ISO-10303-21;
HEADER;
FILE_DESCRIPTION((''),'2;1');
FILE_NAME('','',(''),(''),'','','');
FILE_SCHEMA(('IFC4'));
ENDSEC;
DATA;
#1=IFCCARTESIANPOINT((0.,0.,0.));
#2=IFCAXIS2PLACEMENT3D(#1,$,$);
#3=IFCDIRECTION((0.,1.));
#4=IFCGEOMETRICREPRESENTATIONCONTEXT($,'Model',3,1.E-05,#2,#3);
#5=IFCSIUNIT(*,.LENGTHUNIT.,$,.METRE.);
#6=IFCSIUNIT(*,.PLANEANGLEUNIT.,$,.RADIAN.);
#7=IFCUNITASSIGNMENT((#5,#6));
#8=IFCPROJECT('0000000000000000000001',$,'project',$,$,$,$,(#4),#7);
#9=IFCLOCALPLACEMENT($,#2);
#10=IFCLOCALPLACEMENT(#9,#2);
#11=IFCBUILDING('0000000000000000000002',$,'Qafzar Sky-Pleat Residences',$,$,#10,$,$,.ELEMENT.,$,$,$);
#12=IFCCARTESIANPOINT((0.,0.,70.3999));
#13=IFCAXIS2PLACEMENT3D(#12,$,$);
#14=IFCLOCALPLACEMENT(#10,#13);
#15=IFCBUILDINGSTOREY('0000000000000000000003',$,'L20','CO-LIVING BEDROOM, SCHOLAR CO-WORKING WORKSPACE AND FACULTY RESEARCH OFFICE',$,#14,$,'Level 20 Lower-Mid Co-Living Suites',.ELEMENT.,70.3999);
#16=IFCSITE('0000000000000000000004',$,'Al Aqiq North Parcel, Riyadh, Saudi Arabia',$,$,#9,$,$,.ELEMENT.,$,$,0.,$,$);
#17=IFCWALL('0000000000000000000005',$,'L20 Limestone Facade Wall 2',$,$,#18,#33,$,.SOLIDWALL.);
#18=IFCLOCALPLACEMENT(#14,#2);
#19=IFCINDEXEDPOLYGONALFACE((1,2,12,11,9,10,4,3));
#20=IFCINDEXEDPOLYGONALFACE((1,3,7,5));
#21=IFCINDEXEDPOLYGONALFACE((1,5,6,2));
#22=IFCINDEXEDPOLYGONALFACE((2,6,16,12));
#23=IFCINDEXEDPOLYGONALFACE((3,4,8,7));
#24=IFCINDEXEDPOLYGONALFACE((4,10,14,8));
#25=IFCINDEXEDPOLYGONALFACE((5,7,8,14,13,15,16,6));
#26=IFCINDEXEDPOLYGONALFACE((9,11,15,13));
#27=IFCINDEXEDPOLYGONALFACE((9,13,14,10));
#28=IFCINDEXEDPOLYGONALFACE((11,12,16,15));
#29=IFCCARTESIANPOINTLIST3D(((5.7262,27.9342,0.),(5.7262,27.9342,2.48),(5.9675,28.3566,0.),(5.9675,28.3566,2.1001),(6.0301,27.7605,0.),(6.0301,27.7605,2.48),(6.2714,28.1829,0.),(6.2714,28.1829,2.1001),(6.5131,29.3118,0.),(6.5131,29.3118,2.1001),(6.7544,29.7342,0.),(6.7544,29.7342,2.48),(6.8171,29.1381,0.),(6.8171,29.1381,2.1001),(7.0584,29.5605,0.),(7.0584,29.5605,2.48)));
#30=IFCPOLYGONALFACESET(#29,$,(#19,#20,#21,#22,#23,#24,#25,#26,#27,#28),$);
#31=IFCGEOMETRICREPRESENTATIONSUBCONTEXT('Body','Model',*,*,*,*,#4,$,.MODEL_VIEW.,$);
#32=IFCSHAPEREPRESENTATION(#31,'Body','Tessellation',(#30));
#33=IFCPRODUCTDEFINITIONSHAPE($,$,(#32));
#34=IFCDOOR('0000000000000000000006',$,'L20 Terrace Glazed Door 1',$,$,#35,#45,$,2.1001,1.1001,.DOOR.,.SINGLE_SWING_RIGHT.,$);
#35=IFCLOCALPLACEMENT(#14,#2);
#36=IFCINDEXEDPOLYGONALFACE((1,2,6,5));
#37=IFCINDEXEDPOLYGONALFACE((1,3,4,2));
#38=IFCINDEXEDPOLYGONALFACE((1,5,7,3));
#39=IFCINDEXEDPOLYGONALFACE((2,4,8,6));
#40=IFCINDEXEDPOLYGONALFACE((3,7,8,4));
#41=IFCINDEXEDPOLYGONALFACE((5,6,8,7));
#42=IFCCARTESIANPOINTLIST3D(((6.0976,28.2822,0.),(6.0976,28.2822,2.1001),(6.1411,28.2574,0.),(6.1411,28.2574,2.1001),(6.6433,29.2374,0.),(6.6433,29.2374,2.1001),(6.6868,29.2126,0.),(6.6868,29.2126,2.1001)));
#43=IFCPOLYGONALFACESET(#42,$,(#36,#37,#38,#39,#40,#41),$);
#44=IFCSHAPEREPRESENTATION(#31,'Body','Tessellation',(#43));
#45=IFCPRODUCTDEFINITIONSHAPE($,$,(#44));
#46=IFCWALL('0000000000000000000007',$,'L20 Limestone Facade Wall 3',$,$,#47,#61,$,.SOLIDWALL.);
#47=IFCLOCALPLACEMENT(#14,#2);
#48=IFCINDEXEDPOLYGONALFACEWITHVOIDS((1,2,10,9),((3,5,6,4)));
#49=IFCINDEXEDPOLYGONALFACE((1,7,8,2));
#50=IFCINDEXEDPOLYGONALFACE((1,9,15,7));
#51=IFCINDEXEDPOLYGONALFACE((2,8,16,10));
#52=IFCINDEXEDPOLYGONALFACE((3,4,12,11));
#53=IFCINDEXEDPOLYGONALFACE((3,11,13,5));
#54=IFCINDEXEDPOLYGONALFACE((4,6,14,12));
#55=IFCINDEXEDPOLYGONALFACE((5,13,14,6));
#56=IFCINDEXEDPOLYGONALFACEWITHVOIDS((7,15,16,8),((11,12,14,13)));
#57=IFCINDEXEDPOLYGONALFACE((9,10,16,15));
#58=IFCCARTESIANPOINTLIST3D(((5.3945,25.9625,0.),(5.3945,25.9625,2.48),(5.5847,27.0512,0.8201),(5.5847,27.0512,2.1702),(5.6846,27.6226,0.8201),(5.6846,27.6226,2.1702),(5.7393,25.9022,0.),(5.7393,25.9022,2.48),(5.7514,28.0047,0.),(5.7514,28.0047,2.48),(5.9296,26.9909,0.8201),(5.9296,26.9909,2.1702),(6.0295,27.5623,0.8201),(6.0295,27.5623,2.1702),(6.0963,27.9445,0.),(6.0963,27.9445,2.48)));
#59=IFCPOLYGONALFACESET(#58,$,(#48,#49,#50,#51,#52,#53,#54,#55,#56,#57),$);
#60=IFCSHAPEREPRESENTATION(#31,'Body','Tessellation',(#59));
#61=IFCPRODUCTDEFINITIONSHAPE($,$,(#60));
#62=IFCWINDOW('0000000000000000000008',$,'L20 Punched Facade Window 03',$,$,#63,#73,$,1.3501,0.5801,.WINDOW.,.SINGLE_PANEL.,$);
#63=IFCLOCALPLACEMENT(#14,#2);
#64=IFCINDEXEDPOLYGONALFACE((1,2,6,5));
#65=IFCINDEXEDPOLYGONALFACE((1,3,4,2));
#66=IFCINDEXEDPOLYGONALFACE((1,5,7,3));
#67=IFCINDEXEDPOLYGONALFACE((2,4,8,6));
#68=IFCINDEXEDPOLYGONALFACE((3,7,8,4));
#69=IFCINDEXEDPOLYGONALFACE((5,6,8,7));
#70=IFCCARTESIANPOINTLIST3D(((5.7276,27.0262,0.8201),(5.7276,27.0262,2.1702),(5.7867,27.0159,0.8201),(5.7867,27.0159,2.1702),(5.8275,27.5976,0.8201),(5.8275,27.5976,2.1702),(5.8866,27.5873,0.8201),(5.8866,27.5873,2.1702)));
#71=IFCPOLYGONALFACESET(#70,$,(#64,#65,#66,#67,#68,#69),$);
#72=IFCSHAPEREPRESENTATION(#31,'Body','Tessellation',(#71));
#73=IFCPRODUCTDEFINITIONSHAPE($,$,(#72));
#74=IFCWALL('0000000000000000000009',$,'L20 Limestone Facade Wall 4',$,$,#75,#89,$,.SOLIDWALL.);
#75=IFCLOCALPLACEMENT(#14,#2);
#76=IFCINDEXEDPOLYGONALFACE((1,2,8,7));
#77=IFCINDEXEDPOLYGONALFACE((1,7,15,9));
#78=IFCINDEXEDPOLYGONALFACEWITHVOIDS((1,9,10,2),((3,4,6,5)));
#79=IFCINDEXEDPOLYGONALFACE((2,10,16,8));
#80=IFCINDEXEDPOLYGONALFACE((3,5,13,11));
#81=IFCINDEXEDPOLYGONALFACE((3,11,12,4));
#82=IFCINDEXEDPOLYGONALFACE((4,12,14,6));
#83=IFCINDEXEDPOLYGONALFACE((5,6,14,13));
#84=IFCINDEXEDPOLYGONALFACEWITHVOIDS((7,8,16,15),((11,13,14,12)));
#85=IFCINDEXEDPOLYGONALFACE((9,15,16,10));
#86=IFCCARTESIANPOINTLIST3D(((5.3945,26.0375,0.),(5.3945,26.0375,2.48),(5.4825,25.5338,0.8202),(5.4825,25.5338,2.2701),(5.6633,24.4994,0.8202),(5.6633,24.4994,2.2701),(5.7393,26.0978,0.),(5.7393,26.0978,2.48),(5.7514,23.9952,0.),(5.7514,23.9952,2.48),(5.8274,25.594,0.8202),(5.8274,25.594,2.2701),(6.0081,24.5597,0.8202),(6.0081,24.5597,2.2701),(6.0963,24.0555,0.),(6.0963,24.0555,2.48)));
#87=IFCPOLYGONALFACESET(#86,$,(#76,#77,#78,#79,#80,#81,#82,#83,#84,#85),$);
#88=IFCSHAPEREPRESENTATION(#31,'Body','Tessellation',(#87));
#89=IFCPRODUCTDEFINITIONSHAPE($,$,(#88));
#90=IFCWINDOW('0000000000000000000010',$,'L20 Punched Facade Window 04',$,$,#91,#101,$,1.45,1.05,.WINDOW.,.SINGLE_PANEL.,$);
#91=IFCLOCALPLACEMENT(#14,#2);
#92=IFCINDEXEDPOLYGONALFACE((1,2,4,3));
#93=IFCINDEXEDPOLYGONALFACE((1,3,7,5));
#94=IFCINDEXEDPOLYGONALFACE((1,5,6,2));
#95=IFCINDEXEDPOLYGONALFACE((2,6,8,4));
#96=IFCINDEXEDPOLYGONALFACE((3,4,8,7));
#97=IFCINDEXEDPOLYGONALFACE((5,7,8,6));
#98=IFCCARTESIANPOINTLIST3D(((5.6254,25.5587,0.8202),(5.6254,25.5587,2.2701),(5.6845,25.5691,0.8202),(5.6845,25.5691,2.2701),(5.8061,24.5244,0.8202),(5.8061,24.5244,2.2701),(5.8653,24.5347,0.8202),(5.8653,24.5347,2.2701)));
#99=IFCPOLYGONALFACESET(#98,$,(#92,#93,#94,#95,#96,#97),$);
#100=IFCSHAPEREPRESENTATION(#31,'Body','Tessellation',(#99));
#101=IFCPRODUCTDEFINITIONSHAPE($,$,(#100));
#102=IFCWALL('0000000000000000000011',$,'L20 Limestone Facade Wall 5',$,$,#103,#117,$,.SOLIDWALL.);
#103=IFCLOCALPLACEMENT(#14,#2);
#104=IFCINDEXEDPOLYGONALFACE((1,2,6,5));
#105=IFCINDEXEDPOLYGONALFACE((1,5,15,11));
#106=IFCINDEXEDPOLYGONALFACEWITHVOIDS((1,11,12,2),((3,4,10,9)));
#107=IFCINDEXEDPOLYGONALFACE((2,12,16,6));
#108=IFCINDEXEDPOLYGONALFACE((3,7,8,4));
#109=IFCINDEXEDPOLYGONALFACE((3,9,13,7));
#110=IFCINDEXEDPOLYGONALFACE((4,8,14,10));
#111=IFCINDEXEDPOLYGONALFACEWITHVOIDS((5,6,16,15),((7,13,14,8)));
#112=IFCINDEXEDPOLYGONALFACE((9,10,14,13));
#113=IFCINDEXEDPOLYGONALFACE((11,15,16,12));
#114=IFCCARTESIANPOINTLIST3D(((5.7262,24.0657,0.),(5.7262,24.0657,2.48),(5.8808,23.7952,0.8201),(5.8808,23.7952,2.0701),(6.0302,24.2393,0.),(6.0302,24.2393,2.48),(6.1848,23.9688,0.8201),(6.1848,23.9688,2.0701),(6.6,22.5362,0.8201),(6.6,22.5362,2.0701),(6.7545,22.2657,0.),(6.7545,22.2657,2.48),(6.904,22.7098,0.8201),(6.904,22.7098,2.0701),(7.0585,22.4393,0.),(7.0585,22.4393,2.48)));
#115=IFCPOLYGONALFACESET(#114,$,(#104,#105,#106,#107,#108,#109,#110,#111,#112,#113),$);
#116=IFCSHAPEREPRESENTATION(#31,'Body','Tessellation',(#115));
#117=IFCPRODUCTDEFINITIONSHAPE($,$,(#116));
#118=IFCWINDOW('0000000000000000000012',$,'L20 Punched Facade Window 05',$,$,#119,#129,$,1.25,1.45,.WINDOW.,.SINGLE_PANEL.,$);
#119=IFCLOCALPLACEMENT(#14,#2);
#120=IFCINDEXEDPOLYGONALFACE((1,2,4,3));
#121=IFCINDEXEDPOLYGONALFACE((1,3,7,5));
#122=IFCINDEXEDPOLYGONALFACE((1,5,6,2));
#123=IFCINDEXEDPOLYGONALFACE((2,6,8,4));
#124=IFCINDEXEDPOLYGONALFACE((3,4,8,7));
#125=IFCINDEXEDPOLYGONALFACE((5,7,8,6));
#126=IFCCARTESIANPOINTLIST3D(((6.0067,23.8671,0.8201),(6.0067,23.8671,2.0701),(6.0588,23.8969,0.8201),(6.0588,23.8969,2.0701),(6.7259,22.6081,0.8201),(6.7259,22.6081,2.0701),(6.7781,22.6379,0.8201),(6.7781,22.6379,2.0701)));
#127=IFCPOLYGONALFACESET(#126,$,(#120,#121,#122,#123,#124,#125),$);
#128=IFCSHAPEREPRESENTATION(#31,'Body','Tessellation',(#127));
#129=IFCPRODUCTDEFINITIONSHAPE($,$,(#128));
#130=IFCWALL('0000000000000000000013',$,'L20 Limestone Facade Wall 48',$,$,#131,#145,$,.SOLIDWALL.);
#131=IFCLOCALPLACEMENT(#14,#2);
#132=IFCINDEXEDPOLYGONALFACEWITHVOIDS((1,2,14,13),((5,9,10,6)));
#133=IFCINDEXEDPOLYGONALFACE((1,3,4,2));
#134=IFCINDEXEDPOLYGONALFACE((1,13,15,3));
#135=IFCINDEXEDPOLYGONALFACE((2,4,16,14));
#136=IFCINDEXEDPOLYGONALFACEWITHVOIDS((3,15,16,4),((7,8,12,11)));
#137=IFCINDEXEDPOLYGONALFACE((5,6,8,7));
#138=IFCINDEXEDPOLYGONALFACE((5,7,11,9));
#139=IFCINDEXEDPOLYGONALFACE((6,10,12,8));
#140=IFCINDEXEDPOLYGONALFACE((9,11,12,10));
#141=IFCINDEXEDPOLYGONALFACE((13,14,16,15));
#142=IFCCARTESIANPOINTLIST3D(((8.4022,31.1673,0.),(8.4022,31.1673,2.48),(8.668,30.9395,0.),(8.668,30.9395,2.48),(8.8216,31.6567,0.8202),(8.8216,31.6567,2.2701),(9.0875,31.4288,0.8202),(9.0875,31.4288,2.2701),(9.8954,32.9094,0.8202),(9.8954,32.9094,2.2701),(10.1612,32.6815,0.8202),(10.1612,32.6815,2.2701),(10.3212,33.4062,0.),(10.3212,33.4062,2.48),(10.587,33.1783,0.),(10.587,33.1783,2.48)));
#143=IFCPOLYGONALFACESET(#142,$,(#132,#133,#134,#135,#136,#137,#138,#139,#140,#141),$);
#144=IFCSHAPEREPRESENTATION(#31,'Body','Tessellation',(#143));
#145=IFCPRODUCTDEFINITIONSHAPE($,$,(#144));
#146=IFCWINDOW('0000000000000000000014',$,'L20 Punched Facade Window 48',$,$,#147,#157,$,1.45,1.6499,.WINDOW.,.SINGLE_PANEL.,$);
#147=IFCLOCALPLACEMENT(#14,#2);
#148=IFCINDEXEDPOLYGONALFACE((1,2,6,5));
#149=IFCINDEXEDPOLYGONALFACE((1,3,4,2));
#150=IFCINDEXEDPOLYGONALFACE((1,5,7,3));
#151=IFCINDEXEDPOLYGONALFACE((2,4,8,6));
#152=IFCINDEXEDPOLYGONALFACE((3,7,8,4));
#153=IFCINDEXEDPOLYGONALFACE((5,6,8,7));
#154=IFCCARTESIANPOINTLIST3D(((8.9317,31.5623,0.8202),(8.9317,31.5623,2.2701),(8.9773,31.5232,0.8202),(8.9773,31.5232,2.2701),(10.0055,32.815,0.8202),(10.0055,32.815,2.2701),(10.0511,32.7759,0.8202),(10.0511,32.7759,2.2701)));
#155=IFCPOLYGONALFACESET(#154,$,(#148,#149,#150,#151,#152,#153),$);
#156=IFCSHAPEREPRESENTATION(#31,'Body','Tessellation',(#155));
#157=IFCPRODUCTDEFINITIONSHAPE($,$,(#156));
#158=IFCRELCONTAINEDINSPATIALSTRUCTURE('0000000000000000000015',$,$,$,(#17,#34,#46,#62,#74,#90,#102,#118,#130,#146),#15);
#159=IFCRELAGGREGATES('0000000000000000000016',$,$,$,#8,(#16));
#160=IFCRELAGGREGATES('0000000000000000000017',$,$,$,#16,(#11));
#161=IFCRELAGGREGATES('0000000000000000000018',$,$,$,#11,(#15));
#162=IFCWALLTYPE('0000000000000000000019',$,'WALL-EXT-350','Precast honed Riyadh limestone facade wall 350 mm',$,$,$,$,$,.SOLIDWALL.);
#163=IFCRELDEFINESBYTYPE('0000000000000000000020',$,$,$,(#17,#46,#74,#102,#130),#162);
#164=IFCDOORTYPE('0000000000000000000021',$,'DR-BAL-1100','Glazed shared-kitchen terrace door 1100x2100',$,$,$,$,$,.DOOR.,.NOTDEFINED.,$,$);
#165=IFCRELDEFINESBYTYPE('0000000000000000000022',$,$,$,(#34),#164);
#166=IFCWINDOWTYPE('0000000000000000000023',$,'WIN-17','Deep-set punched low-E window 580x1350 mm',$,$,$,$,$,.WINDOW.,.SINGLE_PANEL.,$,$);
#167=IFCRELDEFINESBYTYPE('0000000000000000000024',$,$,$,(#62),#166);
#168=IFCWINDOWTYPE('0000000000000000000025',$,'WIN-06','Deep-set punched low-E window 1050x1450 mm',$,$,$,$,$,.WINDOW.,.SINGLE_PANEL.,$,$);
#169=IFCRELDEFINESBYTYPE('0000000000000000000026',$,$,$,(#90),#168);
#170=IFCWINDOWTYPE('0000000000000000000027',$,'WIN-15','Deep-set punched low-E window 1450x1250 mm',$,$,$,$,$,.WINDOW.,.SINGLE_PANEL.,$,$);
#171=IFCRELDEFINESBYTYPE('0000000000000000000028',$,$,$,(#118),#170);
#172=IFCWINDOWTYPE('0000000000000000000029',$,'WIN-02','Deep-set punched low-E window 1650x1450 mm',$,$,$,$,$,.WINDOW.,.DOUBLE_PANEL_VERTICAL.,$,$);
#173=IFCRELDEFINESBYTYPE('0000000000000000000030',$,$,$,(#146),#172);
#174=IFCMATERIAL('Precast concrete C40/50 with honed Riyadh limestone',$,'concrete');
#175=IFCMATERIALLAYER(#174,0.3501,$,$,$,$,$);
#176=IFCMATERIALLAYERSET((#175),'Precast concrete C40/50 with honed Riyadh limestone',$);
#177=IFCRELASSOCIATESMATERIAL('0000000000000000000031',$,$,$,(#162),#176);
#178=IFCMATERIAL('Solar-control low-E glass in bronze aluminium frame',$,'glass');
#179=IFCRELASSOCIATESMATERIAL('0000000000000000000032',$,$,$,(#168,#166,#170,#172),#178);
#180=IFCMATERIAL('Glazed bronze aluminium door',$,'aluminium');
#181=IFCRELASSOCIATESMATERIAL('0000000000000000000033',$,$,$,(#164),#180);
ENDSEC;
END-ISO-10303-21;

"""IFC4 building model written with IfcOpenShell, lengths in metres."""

from ifc_helpers import new_model, si_unit, direction, frame, frame_2d, origin, place, context, subcontext, project, spatial, rectangle, extrude, source, transform, mapped, material, layer, layer_set, type_object, element, fill, save


model = new_model("IFC4")

# Units and contexts
model_context = context("Model", 3, precision=1e-05, world=origin(), true_north=direction((0.0, 1.0)))
body_context = subcontext(model_context, "Body", "Model", "MODEL_VIEW")
ifc_project = project(units=[si_unit("LENGTHUNIT", "METRE"), si_unit("PLANEANGLEUNIT", "RADIAN")], contexts=[model_context])

# Site, building, storey
site_placement = place(None, origin())
site = spatial("IfcSite", under=ifc_project, at=site_placement, Name="Al Aqiq North Parcel, Riyadh, Saudi Arabia", CompositionType="ELEMENT", RefElevation=0.0)
building_placement = place(site_placement, origin())
building = spatial("IfcBuilding", under=site, at=building_placement, Name="Qafzar Sky-Pleat Residences", CompositionType="ELEMENT")
storey_placement = place(building_placement, frame((0.0, 0.0, 70.3999)))
storey = spatial("IfcBuildingStorey", under=building, at=storey_placement, Name="L20", Description="CO-LIVING BEDROOM, SCHOLAR CO-WORKING WORKSPACE AND FACULTY RESEARCH OFFICE", LongName="Level 20 Lower-Mid Co-Living Suites", CompositionType="ELEMENT", Elevation=70.3999)

# Shared definitions
ifc_material_1 = material(Name="Precast concrete C40/50 with honed Riyadh limestone", Category="concrete")
ifc_layer_1 = layer(ifc_material_1, 0.3501)
ifc_layer_set_1 = layer_set([ifc_layer_1], Name="Precast concrete C40/50 with honed Riyadh limestone")
wall_type_1 = type_object("IfcWallType", Name="WALL-EXT-350", Description="Precast honed Riyadh limestone facade wall 350 mm", PredefinedType="SOLIDWALL", material=ifc_layer_set_1)
ifc_material_2 = material(Name="Solar-control low-E glass in bronze aluminium frame", Category="glass")
window_type_1 = type_object("IfcWindowType", Name="WIN-06", Description="Deep-set punched low-E window 1050x1450 mm", PartitioningType="SINGLE_PANEL", PredefinedType="WINDOW", material=ifc_material_2)
shared_shape_1 = source(origin(), body_context, "Body", "SweptSolid", [
    extrude(rectangle(XDim=1.05, YDim=1.45, at=frame_2d((0.5249, 0.7251))), frame((0.0, 0.03, 0.0), z_axis=(0.0, -1.0, 0.0), x_axis=(1.0, 0.0, 0.0)), (0.0, 0.0, 1.0), 0.0601),
])

# Wall, opening, door
wall_1_placement = place(storey_placement, frame((6.9065, 29.6475, 0.0), z_axis=(0.0, 0.0, 1.0), x_axis=(-0.496037, -0.868301, 0.0)))
wall_1 = element("IfcWall", 1, at=wall_1_placement, inside=storey, type_object=wall_type_1, Name="L20 Limestone Facade Wall 2", PredefinedType="SOLIDWALL", context=body_context, shape_type="SweptSolid", body=[
    extrude(rectangle(XDim=2.073, YDim=0.3501, at=frame_2d((1.0366, 0.0))), origin(), (0.0, 0.0, 1.0), 2.48),
])
opening_1_placement = place(wall_1_placement, frame((0.4866, 0.0, 0.0)))
opening_1 = element("IfcOpeningElement", 2, at=opening_1_placement, cuts=wall_1, PredefinedType="OPENING", context=body_context, shape_type="SweptSolid", body=[
    extrude(rectangle(XDim=1.1001, YDim=2.1001, at=frame_2d((0.55, 1.05))), frame((0.0, 0.1851, 0.0), z_axis=(0.0, -1.0, 0.0), x_axis=(1.0, 0.0, 0.0)), (0.0, 0.0, 1.0), 0.3701),
])
ifc_material_3 = material(Name="Glazed bronze aluminium door", Category="aluminium")
door_type = type_object("IfcDoorType", Name="DR-BAL-1100", Description="Glazed shared-kitchen terrace door 1100x2100", OperationType="NOTDEFINED", PredefinedType="DOOR", material=ifc_material_3)
shared_shape_2 = source(origin(), body_context, "Body", "SweptSolid", [
    extrude(rectangle(XDim=1.1001, YDim=2.1001, at=frame_2d((0.55, 1.05))), frame((0.0, 0.0249, 0.0), z_axis=(0.0, -1.0, 0.0), x_axis=(1.0, 0.0, 0.0)), (0.0, 0.0, 1.0), 0.05),
])
door_placement = place(opening_1_placement, origin())
door = element("IfcDoor", 3, at=door_placement, inside=storey, type_object=door_type, Name="L20 Terrace Glazed Door 1", OperationType="SINGLE_SWING_RIGHT", OverallHeight=2.1001, OverallWidth=1.1001, PredefinedType="DOOR", context=body_context, shape_type="MappedRepresentation", body=[
    mapped(shared_shape_2, transform((0.0, 0.0, 0.0), x_axis=(1.0, 0.0, 0.0), y_axis=(0.0, 1.0, 0.0), z_axis=(0.0, 0.0, 1.0), scale=1.0)),
])
fill(opening_1, door)

# Walls, openings, windows
wall_2_placement = place(storey_placement, frame((5.9238, 27.9746, 0.0), z_axis=(0.0, 0.0, 1.0), x_axis=(-0.172166, -0.985068, 0.0)))
wall_2 = element("IfcWall", 4, at=wall_2_placement, inside=storey, type_object=wall_type_1, Name="L20 Limestone Facade Wall 3", PredefinedType="SOLIDWALL", context=body_context, shape_type="SweptSolid", body=[
    extrude(rectangle(XDim=2.0732, YDim=0.3501, at=frame_2d((1.0366, 0.0))), origin(), (0.0, 0.0, 1.0), 2.48),
])
opening_2_placement = place(wall_2_placement, frame((0.3879, 0.0, 0.8201)))
opening_2 = element("IfcOpeningElement", 5, at=opening_2_placement, cuts=wall_2, PredefinedType="OPENING", context=body_context, shape_type="SweptSolid", body=[
    extrude(rectangle(XDim=0.5801, YDim=1.3501, at=frame_2d((0.29, 0.675))), frame((0.0, 0.1851, 0.0), z_axis=(0.0, -1.0, 0.0), x_axis=(1.0, 0.0, 0.0)), (0.0, 0.0, 1.0), 0.3701),
])
window_type_2 = type_object("IfcWindowType", Name="WIN-17", Description="Deep-set punched low-E window 580x1350 mm", PartitioningType="SINGLE_PANEL", PredefinedType="WINDOW", material=ifc_material_2)
shared_shape_3 = source(origin(), body_context, "Body", "SweptSolid", [
    extrude(rectangle(XDim=0.5801, YDim=1.3501, at=frame_2d((0.29, 0.675))), frame((0.0, 0.03, 0.0), z_axis=(0.0, -1.0, 0.0), x_axis=(1.0, 0.0, 0.0)), (0.0, 0.0, 1.0), 0.0601),
])
window_1_placement = place(opening_2_placement, origin())
window_1 = element("IfcWindow", 6, at=window_1_placement, inside=storey, type_object=window_type_2, Name="L20 Punched Facade Window 03", OverallHeight=1.3501, OverallWidth=0.5801, PartitioningType="SINGLE_PANEL", PredefinedType="WINDOW", context=body_context, shape_type="MappedRepresentation", body=[
    mapped(shared_shape_3, transform((0.0, 0.0, 0.0), x_axis=(1.0, 0.0, 0.0), y_axis=(0.0, 1.0, 0.0), z_axis=(0.0, 0.0, 1.0), scale=1.0)),
])
fill(opening_2, window_1)
wall_3_placement = place(storey_placement, frame((5.5669, 26.0676, 0.0), z_axis=(0.0, 0.0, 1.0), x_axis=(0.172166, -0.985068, 0.0)))
wall_3 = element("IfcWall", 7, at=wall_3_placement, inside=storey, type_object=wall_type_1, Name="L20 Limestone Facade Wall 4", PredefinedType="SOLIDWALL", context=body_context, shape_type="SweptSolid", body=[
    extrude(rectangle(XDim=2.0732, YDim=0.3501, at=frame_2d((1.0366, 0.0))), origin(), (0.0, 0.0, 1.0), 2.48),
])
opening_3_placement = place(wall_3_placement, frame((0.5115, 0.0, 0.8201)))
opening_3 = element("IfcOpeningElement", 8, at=opening_3_placement, cuts=wall_3, PredefinedType="OPENING", context=body_context, shape_type="SweptSolid", body=[
    extrude(rectangle(XDim=1.05, YDim=1.45, at=frame_2d((0.5249, 0.7251))), frame((0.0, 0.1851, 0.0), z_axis=(0.0, -1.0, 0.0), x_axis=(1.0, 0.0, 0.0)), (0.0, 0.0, 1.0), 0.3701),
])
window_2_placement = place(opening_3_placement, origin())
window_2 = element("IfcWindow", 9, at=window_2_placement, inside=storey, type_object=window_type_1, Name="L20 Punched Facade Window 04", OverallHeight=1.45, OverallWidth=1.05, PartitioningType="SINGLE_PANEL", PredefinedType="WINDOW", context=body_context, shape_type="MappedRepresentation", body=[
    mapped(shared_shape_1, transform((0.0, 0.0, 0.0), x_axis=(1.0, 0.0, 0.0), y_axis=(0.0, 1.0, 0.0), z_axis=(0.0, 0.0, 1.0), scale=1.0)),
])
fill(opening_3, window_2)
wall_4_placement = place(storey_placement, frame((5.8782, 24.1526, 0.0), z_axis=(0.0, 0.0, 1.0), x_axis=(0.496037, -0.868301, 0.0)))
wall_4 = element("IfcWall", 10, at=wall_4_placement, inside=storey, type_object=wall_type_1, Name="L20 Limestone Facade Wall 5", PredefinedType="SOLIDWALL", context=body_context, shape_type="SweptSolid", body=[
    extrude(rectangle(XDim=2.073, YDim=0.3501, at=frame_2d((1.0366, 0.0))), origin(), (0.0, 0.0, 1.0), 2.48),
])
opening_4_placement = place(wall_4_placement, frame((0.3115, 0.0, 0.8201)))
opening_4 = element("IfcOpeningElement", 11, at=opening_4_placement, cuts=wall_4, PredefinedType="OPENING", context=body_context, shape_type="SweptSolid", body=[
    extrude(rectangle(XDim=1.45, YDim=1.25, at=frame_2d((0.7251, 0.625))), frame((0.0, 0.1851, 0.0), z_axis=(0.0, -1.0, 0.0), x_axis=(1.0, 0.0, 0.0)), (0.0, 0.0, 1.0), 0.3701),
])
window_type_3 = type_object("IfcWindowType", Name="WIN-15", Description="Deep-set punched low-E window 1450x1250 mm", PartitioningType="SINGLE_PANEL", PredefinedType="WINDOW", material=ifc_material_2)
shared_shape_4 = source(origin(), body_context, "Body", "SweptSolid", [
    extrude(rectangle(XDim=1.45, YDim=1.25, at=frame_2d((0.7251, 0.625))), frame((0.0, 0.03, 0.0), z_axis=(0.0, -1.0, 0.0), x_axis=(1.0, 0.0, 0.0)), (0.0, 0.0, 1.0), 0.0601),
])
window_3_placement = place(opening_4_placement, origin())
window_3 = element("IfcWindow", 12, at=window_3_placement, inside=storey, type_object=window_type_3, Name="L20 Punched Facade Window 05", OverallHeight=1.25, OverallWidth=1.45, PartitioningType="SINGLE_PANEL", PredefinedType="WINDOW", context=body_context, shape_type="MappedRepresentation", body=[
    mapped(shared_shape_4, transform((0.0, 0.0, 0.0), x_axis=(1.0, 0.0, 0.0), y_axis=(0.0, 1.0, 0.0), z_axis=(0.0, 0.0, 1.0), scale=1.0)),
])
fill(opening_4, window_3)
wall_5_placement = place(storey_placement, frame((10.4541, 33.2922, 0.0), z_axis=(0.0, 0.0, 1.0), x_axis=(-0.650791, -0.759257, 0.0)))
wall_5 = element("IfcWall", 13, at=wall_5_placement, inside=storey, type_object=wall_type_1, Name="L20 Limestone Facade Wall 48", PredefinedType="SOLIDWALL", context=body_context, shape_type="SweptSolid", body=[
    extrude(rectangle(XDim=2.9487, YDim=0.3501, at=frame_2d((1.4744, 0.0))), origin(), (0.0, 0.0, 1.0), 2.48),
])
opening_5_placement = place(wall_5_placement, frame((0.6543, 0.0, 0.8201)))
opening_5 = element("IfcOpeningElement", 14, at=opening_5_placement, cuts=wall_5, PredefinedType="OPENING", context=body_context, shape_type="SweptSolid", body=[
    extrude(rectangle(XDim=1.6499, YDim=1.45, at=frame_2d((0.825, 0.7251))), frame((0.0, 0.1851, 0.0), z_axis=(0.0, -1.0, 0.0), x_axis=(1.0, 0.0, 0.0)), (0.0, 0.0, 1.0), 0.3701),
])
window_type_4 = type_object("IfcWindowType", Name="WIN-02", Description="Deep-set punched low-E window 1650x1450 mm", PartitioningType="DOUBLE_PANEL_VERTICAL", PredefinedType="WINDOW", material=ifc_material_2)
shared_shape_5 = source(origin(), body_context, "Body", "SweptSolid", [
    extrude(rectangle(XDim=1.6499, YDim=1.45, at=frame_2d((0.825, 0.7251))), frame((0.0, 0.03, 0.0), z_axis=(0.0, -1.0, 0.0), x_axis=(1.0, 0.0, 0.0)), (0.0, 0.0, 1.0), 0.0601),
])
window_4_placement = place(opening_5_placement, origin())
window_4 = element("IfcWindow", 15, at=window_4_placement, inside=storey, type_object=window_type_4, Name="L20 Punched Facade Window 48", OverallHeight=1.45, OverallWidth=1.6499, PartitioningType="SINGLE_PANEL", PredefinedType="WINDOW", context=body_context, shape_type="MappedRepresentation", body=[
    mapped(shared_shape_5, transform((0.0, 0.0, 0.0), x_axis=(1.0, 0.0, 0.0), y_axis=(0.0, 1.0, 0.0), z_axis=(0.0, 0.0, 1.0), scale=1.0)),
])
fill(opening_5, window_4)

save(model, "model.ifc")
